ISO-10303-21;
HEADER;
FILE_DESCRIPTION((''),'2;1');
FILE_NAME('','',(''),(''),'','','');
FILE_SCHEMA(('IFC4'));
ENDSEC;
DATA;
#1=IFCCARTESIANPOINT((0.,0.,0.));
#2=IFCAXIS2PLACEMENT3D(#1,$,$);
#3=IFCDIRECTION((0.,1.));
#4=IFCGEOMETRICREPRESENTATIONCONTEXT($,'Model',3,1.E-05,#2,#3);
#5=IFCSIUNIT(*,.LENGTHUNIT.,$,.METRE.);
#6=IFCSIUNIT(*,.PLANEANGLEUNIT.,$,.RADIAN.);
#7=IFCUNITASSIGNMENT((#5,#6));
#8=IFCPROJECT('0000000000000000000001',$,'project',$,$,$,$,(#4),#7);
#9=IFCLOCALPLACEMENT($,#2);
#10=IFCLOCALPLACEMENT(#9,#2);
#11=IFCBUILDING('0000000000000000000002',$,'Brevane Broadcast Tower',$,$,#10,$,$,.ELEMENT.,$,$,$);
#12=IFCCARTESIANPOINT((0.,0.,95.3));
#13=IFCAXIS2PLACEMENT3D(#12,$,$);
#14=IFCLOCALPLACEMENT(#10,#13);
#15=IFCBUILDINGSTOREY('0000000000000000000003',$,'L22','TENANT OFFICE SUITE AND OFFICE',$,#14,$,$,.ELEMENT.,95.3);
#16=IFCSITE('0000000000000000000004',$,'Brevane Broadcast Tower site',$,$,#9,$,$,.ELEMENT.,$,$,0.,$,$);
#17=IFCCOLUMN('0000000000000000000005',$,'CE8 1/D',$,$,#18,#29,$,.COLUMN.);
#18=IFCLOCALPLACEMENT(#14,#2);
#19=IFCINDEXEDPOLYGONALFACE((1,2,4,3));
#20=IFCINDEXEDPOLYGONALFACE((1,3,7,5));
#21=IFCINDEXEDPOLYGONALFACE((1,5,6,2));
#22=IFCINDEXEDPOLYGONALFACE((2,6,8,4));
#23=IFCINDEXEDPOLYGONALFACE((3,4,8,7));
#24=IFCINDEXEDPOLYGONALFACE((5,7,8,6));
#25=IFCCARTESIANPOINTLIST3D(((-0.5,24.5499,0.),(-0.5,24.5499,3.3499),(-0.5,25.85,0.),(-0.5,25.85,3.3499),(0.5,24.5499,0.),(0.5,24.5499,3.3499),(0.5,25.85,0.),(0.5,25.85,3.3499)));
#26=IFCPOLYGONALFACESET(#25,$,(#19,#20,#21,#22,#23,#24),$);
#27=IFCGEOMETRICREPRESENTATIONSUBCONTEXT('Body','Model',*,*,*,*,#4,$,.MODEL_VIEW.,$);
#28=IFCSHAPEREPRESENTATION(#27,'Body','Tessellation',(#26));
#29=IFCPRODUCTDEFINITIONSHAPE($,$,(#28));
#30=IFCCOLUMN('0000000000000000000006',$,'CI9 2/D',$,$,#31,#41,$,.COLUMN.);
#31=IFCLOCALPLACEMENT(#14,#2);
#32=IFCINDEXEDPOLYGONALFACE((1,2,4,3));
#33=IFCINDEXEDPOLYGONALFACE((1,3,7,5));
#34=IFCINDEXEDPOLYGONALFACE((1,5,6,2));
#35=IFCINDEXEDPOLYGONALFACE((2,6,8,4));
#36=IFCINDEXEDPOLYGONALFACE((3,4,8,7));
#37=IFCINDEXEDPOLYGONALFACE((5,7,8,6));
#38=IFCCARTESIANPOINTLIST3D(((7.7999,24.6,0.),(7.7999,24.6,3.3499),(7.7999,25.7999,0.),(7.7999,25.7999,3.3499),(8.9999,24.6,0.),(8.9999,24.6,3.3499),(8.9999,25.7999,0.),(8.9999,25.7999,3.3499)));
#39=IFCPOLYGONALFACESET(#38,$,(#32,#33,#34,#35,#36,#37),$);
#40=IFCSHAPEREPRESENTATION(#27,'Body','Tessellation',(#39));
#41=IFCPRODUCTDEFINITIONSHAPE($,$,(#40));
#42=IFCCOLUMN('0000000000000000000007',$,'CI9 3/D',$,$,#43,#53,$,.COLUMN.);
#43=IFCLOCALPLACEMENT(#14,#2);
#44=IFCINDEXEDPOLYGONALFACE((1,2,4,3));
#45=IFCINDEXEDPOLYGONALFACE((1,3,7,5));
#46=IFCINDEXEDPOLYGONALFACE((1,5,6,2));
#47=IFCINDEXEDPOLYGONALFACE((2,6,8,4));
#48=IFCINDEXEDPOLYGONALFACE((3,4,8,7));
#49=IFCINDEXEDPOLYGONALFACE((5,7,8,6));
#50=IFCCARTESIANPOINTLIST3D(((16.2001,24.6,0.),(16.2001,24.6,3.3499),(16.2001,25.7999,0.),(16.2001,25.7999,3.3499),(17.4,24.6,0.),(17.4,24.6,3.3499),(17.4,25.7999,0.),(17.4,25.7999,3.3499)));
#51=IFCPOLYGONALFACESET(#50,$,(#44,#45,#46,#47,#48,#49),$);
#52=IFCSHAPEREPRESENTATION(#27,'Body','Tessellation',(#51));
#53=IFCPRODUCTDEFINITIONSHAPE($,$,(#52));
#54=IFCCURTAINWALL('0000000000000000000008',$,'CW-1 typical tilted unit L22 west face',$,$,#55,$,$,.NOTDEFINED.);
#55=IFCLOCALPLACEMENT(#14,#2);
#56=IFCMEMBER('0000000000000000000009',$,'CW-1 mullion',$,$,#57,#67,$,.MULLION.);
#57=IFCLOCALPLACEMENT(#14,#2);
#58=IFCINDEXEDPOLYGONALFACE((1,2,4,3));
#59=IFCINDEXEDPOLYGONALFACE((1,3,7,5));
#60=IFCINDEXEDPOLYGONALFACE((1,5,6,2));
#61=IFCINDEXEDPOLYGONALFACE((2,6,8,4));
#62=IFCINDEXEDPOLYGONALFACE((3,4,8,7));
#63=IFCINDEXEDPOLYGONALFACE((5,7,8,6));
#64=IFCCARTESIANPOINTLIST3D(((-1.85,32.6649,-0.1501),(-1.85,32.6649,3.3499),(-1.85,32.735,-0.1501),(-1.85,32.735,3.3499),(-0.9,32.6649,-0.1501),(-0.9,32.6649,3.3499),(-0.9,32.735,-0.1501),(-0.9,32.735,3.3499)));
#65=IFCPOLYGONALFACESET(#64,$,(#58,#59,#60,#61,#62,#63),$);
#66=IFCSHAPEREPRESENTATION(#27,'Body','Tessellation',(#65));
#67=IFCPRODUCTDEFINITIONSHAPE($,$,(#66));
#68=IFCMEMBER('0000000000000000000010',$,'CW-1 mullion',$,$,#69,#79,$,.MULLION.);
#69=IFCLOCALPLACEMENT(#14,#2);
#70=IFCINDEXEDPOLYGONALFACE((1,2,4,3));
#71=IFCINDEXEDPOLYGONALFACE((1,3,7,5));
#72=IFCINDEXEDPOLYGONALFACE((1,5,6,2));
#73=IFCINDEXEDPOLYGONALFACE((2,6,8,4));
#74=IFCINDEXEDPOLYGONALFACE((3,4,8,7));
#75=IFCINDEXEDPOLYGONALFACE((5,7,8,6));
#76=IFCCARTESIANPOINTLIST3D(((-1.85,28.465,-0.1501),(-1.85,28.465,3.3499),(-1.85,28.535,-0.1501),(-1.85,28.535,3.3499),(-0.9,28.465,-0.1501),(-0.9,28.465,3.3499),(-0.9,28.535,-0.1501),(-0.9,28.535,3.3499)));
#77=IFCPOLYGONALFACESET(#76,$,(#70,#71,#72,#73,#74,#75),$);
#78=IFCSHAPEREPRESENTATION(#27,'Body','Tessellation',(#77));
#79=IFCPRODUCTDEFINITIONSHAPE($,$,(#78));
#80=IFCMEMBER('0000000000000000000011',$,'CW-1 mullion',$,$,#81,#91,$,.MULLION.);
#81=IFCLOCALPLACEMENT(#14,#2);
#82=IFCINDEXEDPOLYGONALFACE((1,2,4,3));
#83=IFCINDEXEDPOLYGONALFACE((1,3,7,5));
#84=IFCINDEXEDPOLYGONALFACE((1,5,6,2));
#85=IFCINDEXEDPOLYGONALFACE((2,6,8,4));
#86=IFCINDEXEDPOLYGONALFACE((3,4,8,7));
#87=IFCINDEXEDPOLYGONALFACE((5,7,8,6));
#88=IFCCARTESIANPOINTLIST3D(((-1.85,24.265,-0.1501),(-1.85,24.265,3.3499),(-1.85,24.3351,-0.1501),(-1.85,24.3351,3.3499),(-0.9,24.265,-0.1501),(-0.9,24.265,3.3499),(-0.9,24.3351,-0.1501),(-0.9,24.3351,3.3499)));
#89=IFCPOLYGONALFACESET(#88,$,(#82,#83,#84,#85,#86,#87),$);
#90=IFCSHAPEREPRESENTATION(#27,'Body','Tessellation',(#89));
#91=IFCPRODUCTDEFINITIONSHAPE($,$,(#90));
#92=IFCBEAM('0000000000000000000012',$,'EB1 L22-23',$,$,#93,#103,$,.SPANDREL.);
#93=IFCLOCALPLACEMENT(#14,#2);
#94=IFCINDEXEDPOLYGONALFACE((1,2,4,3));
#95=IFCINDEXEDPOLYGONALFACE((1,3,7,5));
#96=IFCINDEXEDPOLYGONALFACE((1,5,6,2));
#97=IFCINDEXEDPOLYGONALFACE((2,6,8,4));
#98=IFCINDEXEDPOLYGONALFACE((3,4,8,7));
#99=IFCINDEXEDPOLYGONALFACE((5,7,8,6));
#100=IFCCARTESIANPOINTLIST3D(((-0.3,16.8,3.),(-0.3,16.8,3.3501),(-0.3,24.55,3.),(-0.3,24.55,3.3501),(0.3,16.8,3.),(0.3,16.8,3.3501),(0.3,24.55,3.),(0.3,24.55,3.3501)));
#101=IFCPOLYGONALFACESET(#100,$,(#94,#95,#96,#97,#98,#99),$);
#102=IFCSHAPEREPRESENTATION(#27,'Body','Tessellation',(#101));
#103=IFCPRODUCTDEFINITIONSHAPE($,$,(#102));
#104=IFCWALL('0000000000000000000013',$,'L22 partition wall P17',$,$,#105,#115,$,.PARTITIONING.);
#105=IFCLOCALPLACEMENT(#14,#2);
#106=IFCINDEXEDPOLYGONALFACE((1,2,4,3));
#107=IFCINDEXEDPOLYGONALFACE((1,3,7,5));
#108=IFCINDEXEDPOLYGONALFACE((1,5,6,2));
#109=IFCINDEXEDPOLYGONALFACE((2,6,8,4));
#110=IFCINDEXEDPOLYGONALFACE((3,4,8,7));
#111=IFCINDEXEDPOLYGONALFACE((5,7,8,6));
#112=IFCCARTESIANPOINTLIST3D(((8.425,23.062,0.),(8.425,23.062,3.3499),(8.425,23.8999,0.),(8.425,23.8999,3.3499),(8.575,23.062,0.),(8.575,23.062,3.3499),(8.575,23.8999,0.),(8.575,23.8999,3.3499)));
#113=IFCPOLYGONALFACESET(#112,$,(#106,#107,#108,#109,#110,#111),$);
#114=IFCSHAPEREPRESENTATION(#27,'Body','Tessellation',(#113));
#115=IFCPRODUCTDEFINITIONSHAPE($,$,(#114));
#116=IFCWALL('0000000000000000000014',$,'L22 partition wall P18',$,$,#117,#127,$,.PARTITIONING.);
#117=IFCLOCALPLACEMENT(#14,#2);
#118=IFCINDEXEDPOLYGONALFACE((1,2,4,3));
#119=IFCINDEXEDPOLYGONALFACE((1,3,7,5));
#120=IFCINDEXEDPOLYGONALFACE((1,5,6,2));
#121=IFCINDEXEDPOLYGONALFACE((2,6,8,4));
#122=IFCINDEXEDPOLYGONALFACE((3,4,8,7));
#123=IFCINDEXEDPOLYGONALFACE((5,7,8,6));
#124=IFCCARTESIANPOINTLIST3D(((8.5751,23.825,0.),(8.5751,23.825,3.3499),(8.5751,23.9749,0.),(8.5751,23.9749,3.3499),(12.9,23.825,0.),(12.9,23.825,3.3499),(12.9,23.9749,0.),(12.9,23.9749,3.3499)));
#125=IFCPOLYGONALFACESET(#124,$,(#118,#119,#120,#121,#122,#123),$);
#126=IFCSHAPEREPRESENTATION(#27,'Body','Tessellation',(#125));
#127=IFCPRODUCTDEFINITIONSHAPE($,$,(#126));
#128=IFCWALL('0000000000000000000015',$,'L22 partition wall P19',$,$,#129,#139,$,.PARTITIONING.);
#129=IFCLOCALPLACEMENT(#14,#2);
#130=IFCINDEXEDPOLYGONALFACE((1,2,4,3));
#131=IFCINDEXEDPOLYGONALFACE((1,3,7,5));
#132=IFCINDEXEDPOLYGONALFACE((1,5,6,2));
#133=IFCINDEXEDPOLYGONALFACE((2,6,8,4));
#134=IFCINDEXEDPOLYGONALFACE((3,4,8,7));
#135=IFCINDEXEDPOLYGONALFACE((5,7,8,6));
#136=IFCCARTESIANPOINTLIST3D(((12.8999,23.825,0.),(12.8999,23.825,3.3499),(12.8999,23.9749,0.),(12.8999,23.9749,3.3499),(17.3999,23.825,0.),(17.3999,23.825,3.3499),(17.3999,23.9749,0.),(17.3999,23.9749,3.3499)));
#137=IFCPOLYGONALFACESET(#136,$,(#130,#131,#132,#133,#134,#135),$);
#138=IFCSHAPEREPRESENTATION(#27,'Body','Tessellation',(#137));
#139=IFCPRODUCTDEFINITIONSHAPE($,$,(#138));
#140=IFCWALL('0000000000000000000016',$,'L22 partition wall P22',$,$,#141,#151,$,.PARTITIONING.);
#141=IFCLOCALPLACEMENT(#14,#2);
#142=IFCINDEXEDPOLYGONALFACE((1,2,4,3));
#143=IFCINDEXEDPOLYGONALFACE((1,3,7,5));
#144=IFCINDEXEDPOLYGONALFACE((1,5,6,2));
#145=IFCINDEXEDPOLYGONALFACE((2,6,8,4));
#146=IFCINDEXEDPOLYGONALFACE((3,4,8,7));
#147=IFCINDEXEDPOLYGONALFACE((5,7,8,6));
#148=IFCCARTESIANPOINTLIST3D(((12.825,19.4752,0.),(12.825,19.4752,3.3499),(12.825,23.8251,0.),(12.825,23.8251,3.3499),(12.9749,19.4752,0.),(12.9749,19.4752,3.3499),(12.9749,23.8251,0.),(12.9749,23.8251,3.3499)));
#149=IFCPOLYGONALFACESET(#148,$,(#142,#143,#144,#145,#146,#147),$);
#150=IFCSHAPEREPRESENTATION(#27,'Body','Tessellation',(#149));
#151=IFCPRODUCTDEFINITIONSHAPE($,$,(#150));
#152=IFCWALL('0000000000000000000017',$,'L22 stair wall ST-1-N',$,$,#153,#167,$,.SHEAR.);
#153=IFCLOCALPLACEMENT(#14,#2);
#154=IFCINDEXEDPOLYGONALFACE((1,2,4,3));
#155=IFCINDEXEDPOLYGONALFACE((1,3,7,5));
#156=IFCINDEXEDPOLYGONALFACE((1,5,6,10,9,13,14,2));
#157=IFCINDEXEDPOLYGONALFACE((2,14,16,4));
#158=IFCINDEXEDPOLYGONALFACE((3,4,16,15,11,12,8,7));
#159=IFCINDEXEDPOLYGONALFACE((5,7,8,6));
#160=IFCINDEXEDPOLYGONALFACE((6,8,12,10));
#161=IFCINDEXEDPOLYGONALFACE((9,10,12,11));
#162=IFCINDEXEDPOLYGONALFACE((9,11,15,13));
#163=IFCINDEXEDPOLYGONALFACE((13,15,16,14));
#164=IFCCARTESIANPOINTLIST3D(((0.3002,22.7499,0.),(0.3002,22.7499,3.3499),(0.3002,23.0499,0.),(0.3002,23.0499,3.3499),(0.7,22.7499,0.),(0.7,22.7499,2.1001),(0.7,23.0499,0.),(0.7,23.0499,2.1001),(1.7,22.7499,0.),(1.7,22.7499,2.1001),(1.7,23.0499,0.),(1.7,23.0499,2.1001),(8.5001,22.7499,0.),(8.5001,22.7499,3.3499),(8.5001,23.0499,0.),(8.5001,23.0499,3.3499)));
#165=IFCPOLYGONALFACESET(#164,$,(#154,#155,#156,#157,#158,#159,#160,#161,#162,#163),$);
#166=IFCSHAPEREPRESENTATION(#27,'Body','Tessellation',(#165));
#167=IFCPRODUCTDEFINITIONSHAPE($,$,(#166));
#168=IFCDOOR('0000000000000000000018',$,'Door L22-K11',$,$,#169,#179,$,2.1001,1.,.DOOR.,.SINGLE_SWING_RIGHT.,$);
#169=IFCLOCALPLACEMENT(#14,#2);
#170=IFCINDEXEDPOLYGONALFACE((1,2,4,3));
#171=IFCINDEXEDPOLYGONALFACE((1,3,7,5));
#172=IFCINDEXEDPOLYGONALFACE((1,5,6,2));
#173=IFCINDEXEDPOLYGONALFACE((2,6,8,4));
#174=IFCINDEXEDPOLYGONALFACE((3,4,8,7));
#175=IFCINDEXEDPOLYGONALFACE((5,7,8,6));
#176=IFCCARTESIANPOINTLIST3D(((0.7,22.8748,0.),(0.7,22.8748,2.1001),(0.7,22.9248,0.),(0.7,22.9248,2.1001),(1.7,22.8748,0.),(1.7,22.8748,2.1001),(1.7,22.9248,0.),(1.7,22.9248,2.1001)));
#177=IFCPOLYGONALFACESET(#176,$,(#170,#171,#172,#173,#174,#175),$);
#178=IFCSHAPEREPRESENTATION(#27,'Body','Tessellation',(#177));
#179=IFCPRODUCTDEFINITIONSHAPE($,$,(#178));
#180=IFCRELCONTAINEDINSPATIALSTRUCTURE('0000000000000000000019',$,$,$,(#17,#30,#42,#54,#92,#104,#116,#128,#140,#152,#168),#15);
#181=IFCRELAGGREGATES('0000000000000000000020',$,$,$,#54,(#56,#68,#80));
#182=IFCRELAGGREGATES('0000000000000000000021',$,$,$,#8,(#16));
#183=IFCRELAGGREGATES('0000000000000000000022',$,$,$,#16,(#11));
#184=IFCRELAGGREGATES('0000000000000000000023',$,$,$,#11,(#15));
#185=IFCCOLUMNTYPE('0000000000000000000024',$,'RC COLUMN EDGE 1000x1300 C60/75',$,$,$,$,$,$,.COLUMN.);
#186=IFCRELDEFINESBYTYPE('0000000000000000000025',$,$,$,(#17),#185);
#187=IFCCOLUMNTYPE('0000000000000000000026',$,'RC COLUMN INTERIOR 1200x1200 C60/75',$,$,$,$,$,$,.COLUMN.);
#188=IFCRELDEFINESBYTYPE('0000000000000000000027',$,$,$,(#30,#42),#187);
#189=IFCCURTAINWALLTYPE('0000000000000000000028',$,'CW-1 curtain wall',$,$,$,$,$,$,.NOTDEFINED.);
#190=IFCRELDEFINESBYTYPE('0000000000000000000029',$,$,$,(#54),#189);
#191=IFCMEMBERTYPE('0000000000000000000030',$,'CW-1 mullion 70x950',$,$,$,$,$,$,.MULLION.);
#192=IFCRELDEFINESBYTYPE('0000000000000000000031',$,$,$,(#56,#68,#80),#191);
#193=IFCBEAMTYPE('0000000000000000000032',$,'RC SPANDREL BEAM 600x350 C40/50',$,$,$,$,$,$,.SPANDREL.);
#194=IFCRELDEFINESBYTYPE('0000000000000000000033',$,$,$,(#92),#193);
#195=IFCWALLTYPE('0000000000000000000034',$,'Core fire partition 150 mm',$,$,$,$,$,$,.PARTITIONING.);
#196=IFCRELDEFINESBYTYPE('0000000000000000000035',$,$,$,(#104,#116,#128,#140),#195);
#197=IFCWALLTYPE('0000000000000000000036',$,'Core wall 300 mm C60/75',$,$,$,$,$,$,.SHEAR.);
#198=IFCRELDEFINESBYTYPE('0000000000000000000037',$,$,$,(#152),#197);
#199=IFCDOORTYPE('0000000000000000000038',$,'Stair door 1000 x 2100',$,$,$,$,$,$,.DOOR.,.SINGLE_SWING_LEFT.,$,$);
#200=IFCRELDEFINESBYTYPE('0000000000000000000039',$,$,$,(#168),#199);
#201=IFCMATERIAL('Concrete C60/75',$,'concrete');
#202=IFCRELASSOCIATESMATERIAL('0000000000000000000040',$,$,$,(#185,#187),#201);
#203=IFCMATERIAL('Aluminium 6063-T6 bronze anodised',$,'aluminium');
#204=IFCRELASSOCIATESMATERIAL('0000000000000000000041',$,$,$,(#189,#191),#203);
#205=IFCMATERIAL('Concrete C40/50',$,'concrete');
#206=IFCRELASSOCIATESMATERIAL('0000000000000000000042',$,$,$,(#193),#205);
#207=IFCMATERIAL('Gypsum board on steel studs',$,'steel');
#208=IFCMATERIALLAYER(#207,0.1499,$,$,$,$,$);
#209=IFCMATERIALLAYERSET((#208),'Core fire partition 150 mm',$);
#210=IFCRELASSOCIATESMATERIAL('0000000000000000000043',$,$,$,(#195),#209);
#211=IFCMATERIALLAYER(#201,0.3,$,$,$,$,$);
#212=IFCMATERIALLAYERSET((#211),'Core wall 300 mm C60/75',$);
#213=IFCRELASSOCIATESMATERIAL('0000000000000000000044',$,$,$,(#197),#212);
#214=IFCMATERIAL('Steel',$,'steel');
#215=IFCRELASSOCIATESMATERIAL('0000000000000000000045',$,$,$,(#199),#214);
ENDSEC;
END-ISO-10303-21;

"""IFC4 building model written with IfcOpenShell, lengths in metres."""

from ifc_helpers import new_model, si_unit, direction, frame, frame_2d, origin, origin_2d, place, context, subcontext, project, spatial, rectangle, extrude, material, layer, layer_set, material_profile, profile_set, type_object, element, fill, aggregate, save


model = new_model("IFC4")

# Units and contexts
model_context = context("Model", 3, precision=1e-05, world=origin(), true_north=direction((0.0, 1.0)))
body_context = subcontext(model_context, "Body", "Model", "MODEL_VIEW")
ifc_project = project(units=[si_unit("LENGTHUNIT", "METRE"), si_unit("PLANEANGLEUNIT", "RADIAN")], contexts=[model_context])

# Site, building, storey
site_placement = place(None, origin())
site = spatial("IfcSite", under=ifc_project, at=site_placement, Name="Brevane Broadcast Tower site", CompositionType="ELEMENT", RefElevation=0.0)
building_placement = place(site_placement, origin())
building = spatial("IfcBuilding", under=site, at=building_placement, Name="Brevane Broadcast Tower", CompositionType="ELEMENT")
storey_placement = place(building_placement, frame((0.0, 0.0, 95.3)))
storey = spatial("IfcBuildingStorey", under=building, at=storey_placement, Name="L22", Description="TENANT OFFICE SUITE AND OFFICE", CompositionType="ELEMENT", Elevation=95.3)

# Columns
ifc_material_1 = material(Name="Concrete C60/75", Category="concrete")
ifc_material_profile_1 = material_profile(ifc_material_1, rectangle(XDim=1.0, YDim=1.3, at=origin_2d()), Name="RC 1000x1300")
ifc_profile_set_1 = profile_set([ifc_material_profile_1], Name="Concrete C60/75")
column_type_1 = type_object("IfcColumnType", Name="RC COLUMN EDGE 1000x1300 C60/75", PredefinedType="COLUMN", material=ifc_profile_set_1)
column_placement = place(storey_placement, frame((0.0, 25.2, 0.0), z_axis=(0.0, 0.0, 1.0), x_axis=(1.0, 0.0, 0.0)))
element("IfcColumn", 1, at=column_placement, inside=storey, type_object=column_type_1, Name="CE8 1/D", PredefinedType="COLUMN", context=body_context, shape_type="SweptSolid", body=[
    extrude(rectangle(XDim=1.0, YDim=1.3, at=origin_2d()), origin(), (0.0, 0.0, 1.0), 3.3499),
])
ifc_material_profile_2 = material_profile(ifc_material_1, rectangle(XDim=1.2, YDim=1.2, at=origin_2d()), Name="RC 1200x1200")
ifc_profile_set_2 = profile_set([ifc_material_profile_2], Name="Concrete C60/75")
column_type_2 = type_object("IfcColumnType", Name="RC COLUMN INTERIOR 1200x1200 C60/75", PredefinedType="COLUMN", material=ifc_profile_set_2)
for number, where, z_axis, x_axis, name in (
    (2, (8.3999, 25.2, 0.0), (0.0, 0.0, 1.0), (1.0, 0.0, 0.0), "CI9 2/D"),
    (3, (16.8, 25.2, 0.0), (0.0, 0.0, 1.0), (1.0, 0.0, 0.0), "CI9 3/D"),
):
    element("IfcColumn", number, at=place(storey_placement, frame(where, z_axis=z_axis, x_axis=x_axis)), inside=storey, type_object=column_type_2, Name=name, PredefinedType="COLUMN", context=body_context, shape_type="SweptSolid", body=[
        extrude(rectangle(XDim=1.2, YDim=1.2, at=origin_2d()), origin(), (0.0, 0.0, 1.0), 3.3499),
    ])

# Curtain wall, members
ifc_material_2 = material(Name="Aluminium 6063-T6 bronze anodised", Category="aluminium")
curtain_wall_type = type_object("IfcCurtainWallType", Name="CW-1 curtain wall", PredefinedType="NOTDEFINED", material=ifc_material_2)
curtain_wall_placement = place(storey_placement, origin())
curtain_wall = element("IfcCurtainWall", 4, at=curtain_wall_placement, inside=storey, type_object=curtain_wall_type, Name="CW-1 typical tilted unit L22 west face", PredefinedType="NOTDEFINED")
ifc_material_profile_3 = material_profile(ifc_material_2, rectangle(XDim=0.95, YDim=0.0701, at=origin_2d()), Name="RECT 70x950")
ifc_profile_set_3 = profile_set([ifc_material_profile_3], Name="Aluminium 6063-T6 bronze anodised")
member_type = type_object("IfcMemberType", Name="CW-1 mullion 70x950", PredefinedType="MULLION", material=ifc_profile_set_3)
member_1_placement = place(storey_placement, frame((-1.375, 32.7, -0.1501), z_axis=(0.0, 0.0, 1.0), x_axis=(1.0, 0.0, 0.0)))
member_1 = element("IfcMember", 5, at=member_1_placement, type_object=member_type, Name="CW-1 mullion", PredefinedType="MULLION", context=body_context, shape_type="SweptSolid", body=[
    extrude(rectangle(XDim=0.95, YDim=0.0701, at=origin_2d()), origin(), (0.0, 0.0, 1.0), 3.5),
])
member_2_placement = place(storey_placement, frame((-1.375, 28.5, -0.1501), z_axis=(0.0, 0.0, 1.0), x_axis=(1.0, 0.0, 0.0)))
member_2 = element("IfcMember", 6, at=member_2_placement, type_object=member_type, Name="CW-1 mullion", PredefinedType="MULLION", context=body_context, shape_type="SweptSolid", body=[
    extrude(rectangle(XDim=0.95, YDim=0.0701, at=origin_2d()), origin(), (0.0, 0.0, 1.0), 3.5),
])
member_3_placement = place(storey_placement, frame((-1.375, 24.3, -0.1501), z_axis=(0.0, 0.0, 1.0), x_axis=(1.0, 0.0, 0.0)))
member_3 = element("IfcMember", 7, at=member_3_placement, type_object=member_type, Name="CW-1 mullion", PredefinedType="MULLION", context=body_context, shape_type="SweptSolid", body=[
    extrude(rectangle(XDim=0.95, YDim=0.0701, at=origin_2d()), origin(), (0.0, 0.0, 1.0), 3.5),
])
aggregate(curtain_wall, [member_1, member_2, member_3])

# Beam
ifc_material_3 = material(Name="Concrete C40/50", Category="concrete")
ifc_material_profile_4 = material_profile(ifc_material_3, rectangle(XDim=0.6001, YDim=0.3501, at=origin_2d()), Name="RC 600x350")
ifc_profile_set_4 = profile_set([ifc_material_profile_4], Name="Concrete C40/50")
beam_type = type_object("IfcBeamType", Name="RC SPANDREL BEAM 600x350 C40/50", PredefinedType="SPANDREL", material=ifc_profile_set_4)
beam_placement = place(storey_placement, frame((0.0, 24.55, 3.175), z_axis=(0.0, -1.0, 0.0), x_axis=(1.0, 0.0, 0.0)))
element("IfcBeam", 8, at=beam_placement, inside=storey, type_object=beam_type, Name="EB1 L22-23", PredefinedType="SPANDREL", context=body_context, shape_type="SweptSolid", body=[
    extrude(rectangle(XDim=0.6001, YDim=0.3501, at=origin_2d()), origin(), (0.0, 0.0, 1.0), 7.75),
])

# Walls
ifc_material_4 = material(Name="Gypsum board on steel studs", Category="steel")
ifc_layer_1 = layer(ifc_material_4, 0.1499)
ifc_layer_set_1 = layer_set([ifc_layer_1], Name="Core fire partition 150 mm")
wall_type_1 = type_object("IfcWallType", Name="Core fire partition 150 mm", PredefinedType="PARTITIONING", material=ifc_layer_set_1)
wall_1_placement = place(storey_placement, frame((8.5, 23.062, 0.0), z_axis=(0.0, 0.0, 1.0), x_axis=(0.0, 1.0, 0.0)))
element("IfcWall", 9, at=wall_1_placement, inside=storey, type_object=wall_type_1, Name="L22 partition wall P17", PredefinedType="PARTITIONING", context=body_context, shape_type="SweptSolid", body=[
    extrude(rectangle(XDim=0.8379, YDim=0.1499, at=frame_2d((0.4189, 0.0))), origin(), (0.0, 0.0, 1.0), 3.3499),
])
wall_2_placement = place(storey_placement, frame((8.575, 23.8999, 0.0), z_axis=(0.0, 0.0, 1.0), x_axis=(1.0, 0.0, 0.0)))
element("IfcWall", 10, at=wall_2_placement, inside=storey, type_object=wall_type_1, Name="L22 partition wall P18", PredefinedType="PARTITIONING", context=body_context, shape_type="SweptSolid", body=[
    extrude(rectangle(XDim=4.325, YDim=0.1499, at=frame_2d((2.1626, 0.0))), origin(), (0.0, 0.0, 1.0), 3.3499),
])
wall_3_placement = place(storey_placement, frame((12.8999, 23.8999, 0.0), z_axis=(0.0, 0.0, 1.0), x_axis=(1.0, 0.0, 0.0)))
element("IfcWall", 11, at=wall_3_placement, inside=storey, type_object=wall_type_1, Name="L22 partition wall P19", PredefinedType="PARTITIONING", context=body_context, shape_type="SweptSolid", body=[
    extrude(rectangle(XDim=4.5, YDim=0.1499, at=frame_2d((2.25, 0.0))), origin(), (0.0, 0.0, 1.0), 3.3499),
])
wall_4_placement = place(storey_placement, frame((12.8999, 23.825, 0.0), z_axis=(0.0, 0.0, 1.0), x_axis=(0.0, -1.0, 0.0)))
element("IfcWall", 12, at=wall_4_placement, inside=storey, type_object=wall_type_1, Name="L22 partition wall P22", PredefinedType="PARTITIONING", context=body_context, shape_type="SweptSolid", body=[
    extrude(rectangle(XDim=4.3499, YDim=0.1499, at=frame_2d((2.1748, 0.0))), origin(), (0.0, 0.0, 1.0), 3.3499),
])

# Wall, opening, door
ifc_layer_2 = layer(ifc_material_1, 0.3)
ifc_layer_set_2 = layer_set([ifc_layer_2], Name="Core wall 300 mm C60/75")
wall_type_2 = type_object("IfcWallType", Name="Core wall 300 mm C60/75", PredefinedType="SHEAR", material=ifc_layer_set_2)
wall_5_placement = place(storey_placement, frame((0.3, 22.8999, 0.0), z_axis=(0.0, 0.0, 1.0), x_axis=(1.0, 0.0, 0.0)))
wall_5 = element("IfcWall", 13, at=wall_5_placement, inside=storey, type_object=wall_type_2, Name="L22 stair wall ST-1-N", PredefinedType="SHEAR", context=body_context, shape_type="SweptSolid", body=[
    extrude(rectangle(XDim=8.2, YDim=0.3, at=frame_2d((4.1001, 0.0))), origin(), (0.0, 0.0, 1.0), 3.3499),
])
opening_1_placement = place(wall_5_placement, frame((0.3999, 0.0, 0.0)))
opening_1 = element("IfcOpeningElement", 14, at=opening_1_placement, cuts=wall_5, PredefinedType="OPENING", context=body_context, shape_type="SweptSolid", body=[
    extrude(rectangle(XDim=1.0, YDim=2.1001, at=frame_2d((0.5, 1.05))), frame((0.0, 0.1599, 0.0), z_axis=(0.0, -1.0, 0.0), x_axis=(1.0, 0.0, 0.0)), (0.0, 0.0, 1.0), 0.3201),
])
ifc_material_5 = material(Name="Steel", Category="steel")
door_type_1 = type_object("IfcDoorType", Name="Stair door 1000 x 2100", OperationType="SINGLE_SWING_LEFT", PredefinedType="DOOR", material=ifc_material_5)
door_1_placement = place(opening_1_placement, origin())
door_1 = element("IfcDoor", 15, at=door_1_placement, inside=storey, type_object=door_type_1, Name="Door L22-K11", OperationType="SINGLE_SWING_RIGHT", OverallHeight=2.1001, OverallWidth=1.0, PredefinedType="DOOR", context=body_context, shape_type="SweptSolid", body=[
    extrude(rectangle(XDim=1.0, YDim=2.1001, at=frame_2d((0.5, 1.05))), frame((0.0, 0.0249, 0.0), z_axis=(0.0, -1.0, 0.0), x_axis=(1.0, 0.0, 0.0)), (0.0, 0.0, 1.0), 0.05),
])
fill(opening_1, door_1)

save(model, "model.ifc")
